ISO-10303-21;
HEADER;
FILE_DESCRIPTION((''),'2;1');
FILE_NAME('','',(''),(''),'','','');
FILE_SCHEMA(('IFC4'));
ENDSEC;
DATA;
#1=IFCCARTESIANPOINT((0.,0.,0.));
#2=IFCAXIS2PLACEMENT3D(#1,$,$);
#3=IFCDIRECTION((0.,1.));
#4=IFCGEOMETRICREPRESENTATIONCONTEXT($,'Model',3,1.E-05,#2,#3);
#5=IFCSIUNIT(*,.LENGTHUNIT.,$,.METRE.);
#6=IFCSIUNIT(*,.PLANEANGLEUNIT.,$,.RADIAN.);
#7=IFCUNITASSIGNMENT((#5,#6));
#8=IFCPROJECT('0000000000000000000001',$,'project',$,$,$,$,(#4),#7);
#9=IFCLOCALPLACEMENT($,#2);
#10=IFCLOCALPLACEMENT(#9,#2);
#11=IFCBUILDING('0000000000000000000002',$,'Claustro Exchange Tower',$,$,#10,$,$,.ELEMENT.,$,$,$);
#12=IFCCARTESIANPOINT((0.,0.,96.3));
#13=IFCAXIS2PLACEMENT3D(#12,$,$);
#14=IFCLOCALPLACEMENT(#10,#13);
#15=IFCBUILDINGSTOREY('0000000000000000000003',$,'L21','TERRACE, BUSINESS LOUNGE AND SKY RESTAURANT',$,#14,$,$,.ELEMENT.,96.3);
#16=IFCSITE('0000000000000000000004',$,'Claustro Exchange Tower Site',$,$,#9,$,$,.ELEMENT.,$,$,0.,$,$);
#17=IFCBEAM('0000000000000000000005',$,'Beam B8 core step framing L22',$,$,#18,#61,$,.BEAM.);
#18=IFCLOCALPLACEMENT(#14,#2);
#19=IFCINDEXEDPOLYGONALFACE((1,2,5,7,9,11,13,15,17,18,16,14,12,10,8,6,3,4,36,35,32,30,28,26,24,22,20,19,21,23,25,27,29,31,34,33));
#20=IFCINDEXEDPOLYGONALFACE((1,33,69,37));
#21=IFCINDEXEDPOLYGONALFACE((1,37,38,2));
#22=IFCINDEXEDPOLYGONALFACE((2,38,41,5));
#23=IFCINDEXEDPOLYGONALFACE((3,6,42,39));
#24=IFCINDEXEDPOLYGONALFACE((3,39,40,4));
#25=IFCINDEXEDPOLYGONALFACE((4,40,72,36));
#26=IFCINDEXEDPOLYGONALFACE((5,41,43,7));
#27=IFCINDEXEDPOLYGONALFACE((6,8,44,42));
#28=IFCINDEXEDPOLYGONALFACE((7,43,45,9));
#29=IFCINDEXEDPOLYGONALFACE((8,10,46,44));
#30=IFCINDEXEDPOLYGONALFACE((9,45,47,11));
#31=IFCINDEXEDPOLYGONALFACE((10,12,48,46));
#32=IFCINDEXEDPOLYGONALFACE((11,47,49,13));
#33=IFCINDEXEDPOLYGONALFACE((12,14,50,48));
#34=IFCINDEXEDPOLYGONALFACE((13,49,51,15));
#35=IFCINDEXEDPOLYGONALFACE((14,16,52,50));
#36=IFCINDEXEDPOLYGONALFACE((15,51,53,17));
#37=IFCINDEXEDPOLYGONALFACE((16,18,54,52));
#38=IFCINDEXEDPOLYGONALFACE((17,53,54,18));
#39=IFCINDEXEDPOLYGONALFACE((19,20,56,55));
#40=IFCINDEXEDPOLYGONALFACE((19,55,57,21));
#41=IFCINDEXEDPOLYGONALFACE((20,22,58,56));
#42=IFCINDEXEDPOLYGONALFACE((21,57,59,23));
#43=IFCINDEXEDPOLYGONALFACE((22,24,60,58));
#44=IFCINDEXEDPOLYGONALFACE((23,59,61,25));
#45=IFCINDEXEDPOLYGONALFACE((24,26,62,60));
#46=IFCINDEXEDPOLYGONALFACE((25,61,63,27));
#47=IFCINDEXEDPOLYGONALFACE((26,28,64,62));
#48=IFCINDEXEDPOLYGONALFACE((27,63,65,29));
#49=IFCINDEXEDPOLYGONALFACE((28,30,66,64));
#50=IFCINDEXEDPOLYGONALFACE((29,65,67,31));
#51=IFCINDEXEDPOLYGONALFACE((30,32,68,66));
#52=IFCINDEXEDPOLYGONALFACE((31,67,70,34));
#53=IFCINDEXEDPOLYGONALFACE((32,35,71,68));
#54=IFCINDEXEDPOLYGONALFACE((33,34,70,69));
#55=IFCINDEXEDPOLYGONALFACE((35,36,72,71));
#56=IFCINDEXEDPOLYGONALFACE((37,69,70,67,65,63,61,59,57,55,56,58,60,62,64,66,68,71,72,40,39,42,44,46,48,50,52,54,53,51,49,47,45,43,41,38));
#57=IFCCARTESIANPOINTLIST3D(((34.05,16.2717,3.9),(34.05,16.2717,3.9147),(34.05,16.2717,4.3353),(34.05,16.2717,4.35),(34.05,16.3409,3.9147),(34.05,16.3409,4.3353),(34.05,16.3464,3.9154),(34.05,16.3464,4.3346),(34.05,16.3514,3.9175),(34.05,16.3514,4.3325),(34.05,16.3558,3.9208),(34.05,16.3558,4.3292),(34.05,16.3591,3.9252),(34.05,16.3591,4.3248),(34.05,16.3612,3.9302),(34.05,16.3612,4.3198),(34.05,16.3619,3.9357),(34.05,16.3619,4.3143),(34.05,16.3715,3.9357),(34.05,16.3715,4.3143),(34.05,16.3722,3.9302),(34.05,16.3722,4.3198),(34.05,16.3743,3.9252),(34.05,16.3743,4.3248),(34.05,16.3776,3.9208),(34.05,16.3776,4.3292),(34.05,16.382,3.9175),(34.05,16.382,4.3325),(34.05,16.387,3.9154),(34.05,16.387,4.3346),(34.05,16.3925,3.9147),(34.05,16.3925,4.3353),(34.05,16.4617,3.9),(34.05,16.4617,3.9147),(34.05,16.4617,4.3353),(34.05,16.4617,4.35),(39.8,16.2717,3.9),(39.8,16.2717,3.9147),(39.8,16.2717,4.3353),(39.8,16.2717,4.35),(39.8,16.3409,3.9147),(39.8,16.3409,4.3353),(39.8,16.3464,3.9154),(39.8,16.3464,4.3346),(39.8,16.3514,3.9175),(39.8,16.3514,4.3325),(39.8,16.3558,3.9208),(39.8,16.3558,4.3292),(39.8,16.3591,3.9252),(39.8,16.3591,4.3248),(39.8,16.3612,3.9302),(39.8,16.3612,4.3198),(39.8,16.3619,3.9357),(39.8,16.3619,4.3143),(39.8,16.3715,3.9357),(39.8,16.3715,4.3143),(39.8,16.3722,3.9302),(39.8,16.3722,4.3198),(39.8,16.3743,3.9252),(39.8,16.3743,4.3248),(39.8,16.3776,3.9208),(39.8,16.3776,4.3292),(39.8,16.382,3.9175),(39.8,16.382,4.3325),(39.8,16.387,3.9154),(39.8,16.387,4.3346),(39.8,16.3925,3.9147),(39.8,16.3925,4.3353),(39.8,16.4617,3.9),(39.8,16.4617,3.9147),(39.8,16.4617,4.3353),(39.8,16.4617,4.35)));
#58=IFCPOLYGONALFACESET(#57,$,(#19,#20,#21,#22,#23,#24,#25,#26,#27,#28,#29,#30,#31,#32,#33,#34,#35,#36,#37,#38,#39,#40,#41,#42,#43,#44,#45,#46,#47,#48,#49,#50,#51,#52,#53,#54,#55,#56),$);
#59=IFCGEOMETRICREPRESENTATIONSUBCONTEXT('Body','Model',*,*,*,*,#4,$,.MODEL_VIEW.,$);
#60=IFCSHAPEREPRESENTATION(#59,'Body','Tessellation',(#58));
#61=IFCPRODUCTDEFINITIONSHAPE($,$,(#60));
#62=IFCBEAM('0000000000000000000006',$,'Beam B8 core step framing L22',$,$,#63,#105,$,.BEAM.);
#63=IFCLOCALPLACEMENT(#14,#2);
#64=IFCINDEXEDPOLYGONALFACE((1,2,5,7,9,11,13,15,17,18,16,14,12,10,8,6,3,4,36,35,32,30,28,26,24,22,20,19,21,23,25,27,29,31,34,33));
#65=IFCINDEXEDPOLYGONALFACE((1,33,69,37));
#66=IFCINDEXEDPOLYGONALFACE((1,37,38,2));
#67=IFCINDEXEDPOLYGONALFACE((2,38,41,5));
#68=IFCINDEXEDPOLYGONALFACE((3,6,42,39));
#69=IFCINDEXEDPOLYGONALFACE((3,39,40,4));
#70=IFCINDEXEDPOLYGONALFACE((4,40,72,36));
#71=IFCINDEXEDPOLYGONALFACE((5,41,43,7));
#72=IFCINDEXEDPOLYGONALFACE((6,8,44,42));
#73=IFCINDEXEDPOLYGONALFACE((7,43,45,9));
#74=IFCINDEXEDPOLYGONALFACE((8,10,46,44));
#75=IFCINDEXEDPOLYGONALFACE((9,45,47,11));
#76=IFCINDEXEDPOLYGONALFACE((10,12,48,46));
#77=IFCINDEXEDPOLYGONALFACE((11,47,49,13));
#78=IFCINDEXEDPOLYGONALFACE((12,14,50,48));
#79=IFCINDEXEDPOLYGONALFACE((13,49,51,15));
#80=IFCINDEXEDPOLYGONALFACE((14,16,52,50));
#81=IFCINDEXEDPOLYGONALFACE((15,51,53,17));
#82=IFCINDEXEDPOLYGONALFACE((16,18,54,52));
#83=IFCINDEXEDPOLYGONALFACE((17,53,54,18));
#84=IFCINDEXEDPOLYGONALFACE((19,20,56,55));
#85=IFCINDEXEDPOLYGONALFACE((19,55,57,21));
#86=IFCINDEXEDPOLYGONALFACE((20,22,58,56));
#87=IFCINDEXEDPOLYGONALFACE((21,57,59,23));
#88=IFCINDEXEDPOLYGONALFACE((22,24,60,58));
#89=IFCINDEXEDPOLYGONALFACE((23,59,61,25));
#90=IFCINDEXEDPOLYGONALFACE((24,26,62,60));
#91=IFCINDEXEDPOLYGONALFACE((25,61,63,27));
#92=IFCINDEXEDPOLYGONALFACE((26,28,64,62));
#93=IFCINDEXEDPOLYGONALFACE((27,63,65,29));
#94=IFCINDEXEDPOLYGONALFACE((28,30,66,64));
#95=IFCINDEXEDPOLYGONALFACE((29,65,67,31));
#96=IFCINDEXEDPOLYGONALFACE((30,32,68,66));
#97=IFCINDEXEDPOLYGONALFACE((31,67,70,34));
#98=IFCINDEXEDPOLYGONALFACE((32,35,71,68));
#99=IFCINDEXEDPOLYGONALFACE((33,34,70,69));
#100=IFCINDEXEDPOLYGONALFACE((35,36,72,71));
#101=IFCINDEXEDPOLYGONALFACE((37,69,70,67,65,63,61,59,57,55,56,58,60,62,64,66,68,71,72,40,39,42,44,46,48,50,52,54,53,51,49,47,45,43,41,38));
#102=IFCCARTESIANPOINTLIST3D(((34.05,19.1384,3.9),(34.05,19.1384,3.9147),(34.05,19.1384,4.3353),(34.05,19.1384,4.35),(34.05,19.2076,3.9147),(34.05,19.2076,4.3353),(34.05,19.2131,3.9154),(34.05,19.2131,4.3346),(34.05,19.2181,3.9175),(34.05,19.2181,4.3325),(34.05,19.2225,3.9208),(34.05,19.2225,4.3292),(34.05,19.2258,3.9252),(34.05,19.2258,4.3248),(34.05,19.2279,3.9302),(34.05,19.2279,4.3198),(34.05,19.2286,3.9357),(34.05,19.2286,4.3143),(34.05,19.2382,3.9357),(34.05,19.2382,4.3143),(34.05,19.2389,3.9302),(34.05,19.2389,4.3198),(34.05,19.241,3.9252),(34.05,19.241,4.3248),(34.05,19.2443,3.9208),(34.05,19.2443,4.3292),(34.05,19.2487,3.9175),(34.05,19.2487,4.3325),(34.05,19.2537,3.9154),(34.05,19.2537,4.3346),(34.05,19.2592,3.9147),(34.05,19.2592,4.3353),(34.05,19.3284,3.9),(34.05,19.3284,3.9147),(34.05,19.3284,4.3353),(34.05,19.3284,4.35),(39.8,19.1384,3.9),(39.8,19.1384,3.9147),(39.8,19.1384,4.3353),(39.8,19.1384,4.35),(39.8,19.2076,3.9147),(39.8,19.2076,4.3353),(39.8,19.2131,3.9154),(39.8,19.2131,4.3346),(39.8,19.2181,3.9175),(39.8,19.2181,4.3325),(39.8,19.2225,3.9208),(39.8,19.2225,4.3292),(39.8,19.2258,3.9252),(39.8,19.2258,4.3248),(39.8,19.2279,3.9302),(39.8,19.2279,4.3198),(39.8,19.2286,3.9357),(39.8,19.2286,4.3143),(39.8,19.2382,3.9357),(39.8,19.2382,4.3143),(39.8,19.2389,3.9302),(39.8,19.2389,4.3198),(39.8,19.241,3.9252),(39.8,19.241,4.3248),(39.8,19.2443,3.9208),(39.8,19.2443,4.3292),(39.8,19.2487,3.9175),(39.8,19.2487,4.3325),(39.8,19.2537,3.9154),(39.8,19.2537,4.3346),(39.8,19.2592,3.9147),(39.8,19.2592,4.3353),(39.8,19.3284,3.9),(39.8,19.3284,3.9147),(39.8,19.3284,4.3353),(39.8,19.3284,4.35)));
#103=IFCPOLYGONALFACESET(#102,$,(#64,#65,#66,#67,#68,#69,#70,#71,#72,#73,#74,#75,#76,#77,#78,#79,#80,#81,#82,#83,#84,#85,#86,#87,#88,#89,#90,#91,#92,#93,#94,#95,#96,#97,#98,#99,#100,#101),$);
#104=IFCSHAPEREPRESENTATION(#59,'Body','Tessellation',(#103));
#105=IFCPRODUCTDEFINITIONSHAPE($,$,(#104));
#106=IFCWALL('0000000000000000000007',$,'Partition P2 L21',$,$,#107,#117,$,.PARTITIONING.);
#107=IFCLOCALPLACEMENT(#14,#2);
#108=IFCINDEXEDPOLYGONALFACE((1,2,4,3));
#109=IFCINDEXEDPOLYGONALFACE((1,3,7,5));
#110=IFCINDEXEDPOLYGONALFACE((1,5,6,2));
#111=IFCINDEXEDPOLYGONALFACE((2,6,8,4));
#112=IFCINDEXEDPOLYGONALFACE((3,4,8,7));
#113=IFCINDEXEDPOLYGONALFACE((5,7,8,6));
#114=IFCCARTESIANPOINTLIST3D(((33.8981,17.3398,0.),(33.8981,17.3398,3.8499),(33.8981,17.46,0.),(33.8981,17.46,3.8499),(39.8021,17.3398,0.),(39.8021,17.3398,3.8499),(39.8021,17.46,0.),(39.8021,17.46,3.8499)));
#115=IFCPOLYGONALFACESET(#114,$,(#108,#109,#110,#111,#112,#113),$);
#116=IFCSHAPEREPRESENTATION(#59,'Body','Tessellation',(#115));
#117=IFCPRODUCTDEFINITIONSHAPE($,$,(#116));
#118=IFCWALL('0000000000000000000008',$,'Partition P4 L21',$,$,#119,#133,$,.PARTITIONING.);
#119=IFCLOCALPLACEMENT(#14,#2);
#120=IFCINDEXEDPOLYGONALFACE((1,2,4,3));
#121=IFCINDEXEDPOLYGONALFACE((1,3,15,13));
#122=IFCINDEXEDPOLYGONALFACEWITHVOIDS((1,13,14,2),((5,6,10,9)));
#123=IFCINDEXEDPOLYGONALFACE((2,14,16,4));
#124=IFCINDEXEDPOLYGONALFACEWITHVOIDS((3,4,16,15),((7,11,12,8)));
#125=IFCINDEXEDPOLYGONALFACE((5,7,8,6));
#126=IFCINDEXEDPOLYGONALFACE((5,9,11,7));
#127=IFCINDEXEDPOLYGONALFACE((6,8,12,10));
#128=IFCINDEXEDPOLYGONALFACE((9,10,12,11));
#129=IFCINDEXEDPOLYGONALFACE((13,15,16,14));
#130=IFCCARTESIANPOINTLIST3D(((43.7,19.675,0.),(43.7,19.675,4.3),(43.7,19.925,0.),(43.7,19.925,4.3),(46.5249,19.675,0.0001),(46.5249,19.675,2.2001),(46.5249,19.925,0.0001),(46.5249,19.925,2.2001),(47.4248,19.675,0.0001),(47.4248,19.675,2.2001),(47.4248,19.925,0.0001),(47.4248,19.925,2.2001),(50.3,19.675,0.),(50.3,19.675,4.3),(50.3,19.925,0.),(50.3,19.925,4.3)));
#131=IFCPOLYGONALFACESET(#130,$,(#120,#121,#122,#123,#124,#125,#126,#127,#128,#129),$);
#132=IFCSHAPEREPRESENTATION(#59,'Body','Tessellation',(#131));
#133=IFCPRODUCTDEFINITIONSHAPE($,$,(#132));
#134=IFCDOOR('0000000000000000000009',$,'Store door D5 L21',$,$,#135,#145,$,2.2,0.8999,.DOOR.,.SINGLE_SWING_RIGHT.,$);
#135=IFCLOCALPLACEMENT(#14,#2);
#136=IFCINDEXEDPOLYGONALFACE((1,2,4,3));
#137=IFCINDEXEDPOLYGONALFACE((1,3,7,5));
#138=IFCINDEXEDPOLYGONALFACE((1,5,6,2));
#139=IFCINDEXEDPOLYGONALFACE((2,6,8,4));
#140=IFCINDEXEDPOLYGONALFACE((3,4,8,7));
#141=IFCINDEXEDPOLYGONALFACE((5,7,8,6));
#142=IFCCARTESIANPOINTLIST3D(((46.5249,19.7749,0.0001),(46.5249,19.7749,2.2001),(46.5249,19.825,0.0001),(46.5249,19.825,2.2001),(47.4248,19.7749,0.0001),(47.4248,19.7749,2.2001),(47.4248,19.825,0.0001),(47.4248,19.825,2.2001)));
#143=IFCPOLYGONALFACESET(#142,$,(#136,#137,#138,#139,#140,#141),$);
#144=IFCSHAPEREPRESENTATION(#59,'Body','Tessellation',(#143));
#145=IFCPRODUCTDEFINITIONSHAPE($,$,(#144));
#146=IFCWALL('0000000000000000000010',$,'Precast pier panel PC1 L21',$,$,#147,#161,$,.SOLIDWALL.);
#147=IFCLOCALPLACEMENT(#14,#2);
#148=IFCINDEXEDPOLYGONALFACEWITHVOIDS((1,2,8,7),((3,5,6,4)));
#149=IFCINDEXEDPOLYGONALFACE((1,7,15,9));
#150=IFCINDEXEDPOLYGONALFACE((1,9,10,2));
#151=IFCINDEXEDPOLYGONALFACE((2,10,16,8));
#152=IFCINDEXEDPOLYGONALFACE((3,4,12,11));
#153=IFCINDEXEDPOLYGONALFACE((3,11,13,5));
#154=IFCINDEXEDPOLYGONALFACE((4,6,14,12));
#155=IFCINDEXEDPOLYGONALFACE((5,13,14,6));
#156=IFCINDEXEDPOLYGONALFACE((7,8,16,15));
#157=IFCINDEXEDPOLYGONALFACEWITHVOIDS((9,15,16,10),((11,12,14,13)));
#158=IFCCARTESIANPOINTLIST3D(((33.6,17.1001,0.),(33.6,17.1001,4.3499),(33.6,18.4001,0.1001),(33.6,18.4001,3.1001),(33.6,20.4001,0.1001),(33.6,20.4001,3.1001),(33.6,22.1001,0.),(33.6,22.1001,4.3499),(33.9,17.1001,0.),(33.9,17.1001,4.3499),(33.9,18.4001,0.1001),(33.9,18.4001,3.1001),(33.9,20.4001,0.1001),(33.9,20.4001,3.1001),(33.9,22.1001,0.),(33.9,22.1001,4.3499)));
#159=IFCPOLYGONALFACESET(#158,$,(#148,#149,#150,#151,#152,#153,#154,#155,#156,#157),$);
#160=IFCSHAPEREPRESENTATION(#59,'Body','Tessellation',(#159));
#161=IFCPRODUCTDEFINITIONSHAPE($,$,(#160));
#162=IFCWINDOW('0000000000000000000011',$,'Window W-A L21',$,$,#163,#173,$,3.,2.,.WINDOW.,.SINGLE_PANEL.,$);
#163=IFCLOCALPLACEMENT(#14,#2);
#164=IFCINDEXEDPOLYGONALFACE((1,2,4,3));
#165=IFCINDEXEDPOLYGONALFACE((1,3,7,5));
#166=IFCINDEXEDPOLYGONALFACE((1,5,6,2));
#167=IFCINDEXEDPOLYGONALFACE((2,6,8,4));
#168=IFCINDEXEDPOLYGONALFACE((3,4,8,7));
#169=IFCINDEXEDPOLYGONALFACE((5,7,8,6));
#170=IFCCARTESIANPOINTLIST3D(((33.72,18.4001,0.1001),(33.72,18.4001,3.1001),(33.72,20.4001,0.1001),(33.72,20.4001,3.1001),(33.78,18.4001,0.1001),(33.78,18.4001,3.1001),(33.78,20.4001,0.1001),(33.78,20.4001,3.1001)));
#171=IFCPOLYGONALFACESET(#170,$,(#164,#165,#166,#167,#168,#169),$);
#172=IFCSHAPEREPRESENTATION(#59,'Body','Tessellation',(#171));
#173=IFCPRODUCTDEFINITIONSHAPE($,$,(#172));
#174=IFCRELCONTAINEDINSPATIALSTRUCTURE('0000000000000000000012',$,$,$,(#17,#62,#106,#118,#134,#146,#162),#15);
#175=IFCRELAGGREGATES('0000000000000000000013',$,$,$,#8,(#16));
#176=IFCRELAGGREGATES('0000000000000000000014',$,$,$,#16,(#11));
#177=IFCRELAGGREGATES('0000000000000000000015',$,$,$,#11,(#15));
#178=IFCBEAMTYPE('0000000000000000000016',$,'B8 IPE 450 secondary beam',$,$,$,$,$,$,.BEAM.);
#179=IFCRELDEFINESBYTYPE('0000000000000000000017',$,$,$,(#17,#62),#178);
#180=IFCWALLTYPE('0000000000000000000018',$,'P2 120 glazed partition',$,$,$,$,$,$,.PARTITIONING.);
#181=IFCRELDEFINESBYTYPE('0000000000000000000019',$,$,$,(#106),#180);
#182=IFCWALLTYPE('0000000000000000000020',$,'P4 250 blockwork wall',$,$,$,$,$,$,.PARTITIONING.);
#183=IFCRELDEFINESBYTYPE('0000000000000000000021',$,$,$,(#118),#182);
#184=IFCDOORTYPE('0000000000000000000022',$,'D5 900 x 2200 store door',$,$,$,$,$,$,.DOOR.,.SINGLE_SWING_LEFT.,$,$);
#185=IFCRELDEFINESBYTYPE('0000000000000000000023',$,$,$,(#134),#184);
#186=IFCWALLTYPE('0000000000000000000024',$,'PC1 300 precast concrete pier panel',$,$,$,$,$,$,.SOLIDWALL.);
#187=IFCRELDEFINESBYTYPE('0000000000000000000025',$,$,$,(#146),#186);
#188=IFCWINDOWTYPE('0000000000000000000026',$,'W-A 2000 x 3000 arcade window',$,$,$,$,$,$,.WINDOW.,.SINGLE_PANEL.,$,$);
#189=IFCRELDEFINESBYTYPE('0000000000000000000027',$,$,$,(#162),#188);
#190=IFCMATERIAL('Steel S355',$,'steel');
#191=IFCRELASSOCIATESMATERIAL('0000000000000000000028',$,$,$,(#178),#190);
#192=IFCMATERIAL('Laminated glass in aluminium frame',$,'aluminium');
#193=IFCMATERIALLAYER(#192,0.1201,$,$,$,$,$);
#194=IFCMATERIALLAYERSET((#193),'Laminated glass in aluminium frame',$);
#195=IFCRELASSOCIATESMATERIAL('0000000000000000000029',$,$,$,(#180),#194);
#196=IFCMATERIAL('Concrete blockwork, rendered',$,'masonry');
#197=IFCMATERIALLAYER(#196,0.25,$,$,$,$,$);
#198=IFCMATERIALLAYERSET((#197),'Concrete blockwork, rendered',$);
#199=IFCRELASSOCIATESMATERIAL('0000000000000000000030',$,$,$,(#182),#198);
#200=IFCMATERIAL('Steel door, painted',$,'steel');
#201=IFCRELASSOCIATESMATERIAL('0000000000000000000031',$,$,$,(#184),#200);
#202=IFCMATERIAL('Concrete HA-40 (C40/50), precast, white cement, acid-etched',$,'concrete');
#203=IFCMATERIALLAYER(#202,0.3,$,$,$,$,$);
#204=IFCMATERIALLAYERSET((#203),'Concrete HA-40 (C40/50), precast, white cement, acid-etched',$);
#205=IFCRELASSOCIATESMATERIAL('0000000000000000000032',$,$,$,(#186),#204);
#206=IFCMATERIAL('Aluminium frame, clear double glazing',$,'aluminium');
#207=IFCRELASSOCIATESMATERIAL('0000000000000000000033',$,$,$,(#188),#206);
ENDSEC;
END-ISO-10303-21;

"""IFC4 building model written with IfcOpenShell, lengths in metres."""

from ifc_helpers import new_model, si_unit, direction, frame, frame_2d, origin, origin_2d, place, context, subcontext, project, spatial, rectangle, i_section, extrude, material, layer, layer_set, material_profile, profile_set, type_object, element, fill, save


model = new_model("IFC4")

# Units and contexts
model_context = context("Model", 3, precision=1e-05, world=origin(), true_north=direction((0.0, 1.0)))
body_context = subcontext(model_context, "Body", "Model", "MODEL_VIEW")
ifc_project = project(units=[si_unit("LENGTHUNIT", "METRE"), si_unit("PLANEANGLEUNIT", "RADIAN")], contexts=[model_context])

# Site, building, storey
site_placement = place(None, origin())
site = spatial("IfcSite", under=ifc_project, at=site_placement, Name="Claustro Exchange Tower Site", CompositionType="ELEMENT", RefElevation=0.0)
building_placement = place(site_placement, origin())
building = spatial("IfcBuilding", under=site, at=building_placement, Name="Claustro Exchange Tower", CompositionType="ELEMENT")
storey_placement = place(building_placement, frame((0.0, 0.0, 96.3)))
storey = spatial("IfcBuildingStorey", under=building, at=storey_placement, Name="L21", Description="TERRACE, BUSINESS LOUNGE AND SKY RESTAURANT", CompositionType="ELEMENT", Elevation=96.3)

# Beams
ifc_material_1 = material(Name="Steel S355", Category="steel")
ifc_material_profile = material_profile(ifc_material_1, i_section(OverallWidth=0.1899, OverallDepth=0.45, WebThickness=0.0095, FlangeThickness=0.0146, FilletRadius=0.021, at=origin_2d()), Name="IPE 450")
ifc_profile_set = profile_set([ifc_material_profile], Name="Steel S355")
beam_type = type_object("IfcBeamType", Name="B8 IPE 450 secondary beam", PredefinedType="BEAM", material=ifc_profile_set)
for number, where, z_axis, x_axis, name in (
    (1, (34.05, 16.3667, 4.125), (1.0, 0.0, 0.0), (0.0, 1.0, 0.0), "Beam B8 core step framing L22"),
    (2, (34.05, 19.2334, 4.125), (1.0, 0.0, 0.0), (0.0, 1.0, 0.0), "Beam B8 core step framing L22"),
):
    element("IfcBeam", number, at=place(storey_placement, frame(where, z_axis=z_axis, x_axis=x_axis)), inside=storey, type_object=beam_type, Name=name, PredefinedType="BEAM", context=body_context, shape_type="SweptSolid", body=[
        extrude(i_section(OverallWidth=0.1899, OverallDepth=0.45, WebThickness=0.0095, FlangeThickness=0.0146, FilletRadius=0.021, at=origin_2d()), origin(), (0.0, 0.0, 1.0), 5.75),
    ])

# Wall
ifc_material_2 = material(Name="Laminated glass in aluminium frame", Category="aluminium")
ifc_layer_1 = layer(ifc_material_2, 0.1201)
ifc_layer_set_1 = layer_set([ifc_layer_1], Name="Laminated glass in aluminium frame")
wall_type_1 = type_object("IfcWallType", Name="P2 120 glazed partition", PredefinedType="PARTITIONING", material=ifc_layer_set_1)
wall_1_placement = place(storey_placement, frame((33.8979, 17.3999, 0.0), z_axis=(0.0, 0.0, 1.0), x_axis=(1.0, 0.0, 0.0)))
element("IfcWall", 3, at=wall_1_placement, inside=storey, type_object=wall_type_1, Name="Partition P2 L21", PredefinedType="PARTITIONING", context=body_context, shape_type="SweptSolid", body=[
    extrude(rectangle(XDim=5.9041, YDim=0.1201, at=frame_2d((2.9521, 0.0))), origin(), (0.0, 0.0, 1.0), 3.8499),
])

# Wall, opening, door
ifc_material_3 = material(Name="Concrete blockwork, rendered", Category="masonry")
ifc_layer_2 = layer(ifc_material_3, 0.25)
ifc_layer_set_2 = layer_set([ifc_layer_2], Name="Concrete blockwork, rendered")
wall_type_2 = type_object("IfcWallType", Name="P4 250 blockwork wall", PredefinedType="PARTITIONING", material=ifc_layer_set_2)
wall_2_placement = place(storey_placement, frame((43.7, 19.8, 0.0), z_axis=(0.0, 0.0, 1.0), x_axis=(1.0, 0.0, 0.0)))
wall_2 = element("IfcWall", 4, at=wall_2_placement, inside=storey, type_object=wall_type_2, Name="Partition P4 L21", PredefinedType="PARTITIONING", context=body_context, shape_type="SweptSolid", body=[
    extrude(rectangle(XDim=6.6001, YDim=0.25, at=frame_2d((3.3, 0.0))), origin(), (0.0, 0.0, 1.0), 4.3),
])
opening_1_placement = place(wall_2_placement, frame((2.825, 0.0, 0.0)))
opening_1 = element("IfcOpeningElement", 5, at=opening_1_placement, cuts=wall_2, PredefinedType="OPENING", context=body_context, shape_type="SweptSolid", body=[
    extrude(rectangle(XDim=0.8999, YDim=2.2, at=frame_2d((0.45, 1.1001))), frame((0.0, 0.135, 0.0), z_axis=(0.0, -1.0, 0.0), x_axis=(1.0, 0.0, 0.0)), (0.0, 0.0, 1.0), 0.27),
])
ifc_material_4 = material(Name="Steel door, painted", Category="steel")
door_type = type_object("IfcDoorType", Name="D5 900 x 2200 store door", OperationType="SINGLE_SWING_LEFT", PredefinedType="DOOR", material=ifc_material_4)
door_placement = place(opening_1_placement, origin())
door = element("IfcDoor", 6, at=door_placement, inside=storey, type_object=door_type, Name="Store door D5 L21", OperationType="SINGLE_SWING_RIGHT", OverallHeight=2.2, OverallWidth=0.8999, PredefinedType="DOOR", context=body_context, shape_type="SweptSolid", body=[
    extrude(rectangle(XDim=0.8999, YDim=2.2, at=frame_2d((0.45, 1.1001))), frame((0.0, 0.0249, 0.0), z_axis=(0.0, -1.0, 0.0), x_axis=(1.0, 0.0, 0.0)), (0.0, 0.0, 1.0), 0.05),
])
fill(opening_1, door)

# Wall, opening, window
ifc_material_5 = material(Name="Concrete HA-40 (C40/50), precast, white cement, acid-etched", Category="concrete")
ifc_layer_3 = layer(ifc_material_5, 0.3)
ifc_layer_set_3 = layer_set([ifc_layer_3], Name="Concrete HA-40 (C40/50), precast, white cement, acid-etched")
wall_type_3 = type_object("IfcWallType", Name="PC1 300 precast concrete pier panel", PredefinedType="SOLIDWALL", material=ifc_layer_set_3)
wall_3_placement = place(storey_placement, frame((33.75, 17.1001, 0.0), z_axis=(0.0, 0.0, 1.0), x_axis=(0.0, 1.0, 0.0)))
wall_3 = element("IfcWall", 7, at=wall_3_placement, inside=storey, type_object=wall_type_3, Name="Precast pier panel PC1 L21", PredefinedType="SOLIDWALL", context=body_context, shape_type="SweptSolid", body=[
    extrude(rectangle(XDim=5.0, YDim=0.3, at=frame_2d((2.5, 0.0))), origin(), (0.0, 0.0, 1.0), 4.3499),
])
opening_2_placement = place(wall_3_placement, frame((1.3, 0.0, 0.1001)))
opening_2 = element("IfcOpeningElement", 8, at=opening_2_placement, cuts=wall_3, PredefinedType="OPENING", context=body_context, shape_type="SweptSolid", body=[
    extrude(rectangle(XDim=2.0, YDim=3.0, at=frame_2d((1.0, 1.5))), frame((0.0, 0.1599, 0.0), z_axis=(0.0, -1.0, 0.0), x_axis=(1.0, 0.0, 0.0)), (0.0, 0.0, 1.0), 0.3201),
])
ifc_material_6 = material(Name="Aluminium frame, clear double glazing", Category="aluminium")
window_type = type_object("IfcWindowType", Name="W-A 2000 x 3000 arcade window", PartitioningType="SINGLE_PANEL", PredefinedType="WINDOW", material=ifc_material_6)
window_placement = place(opening_2_placement, origin())
window = element("IfcWindow", 9, at=window_placement, inside=storey, type_object=window_type, Name="Window W-A L21", OverallHeight=3.0, OverallWidth=2.0, PartitioningType="SINGLE_PANEL", PredefinedType="WINDOW", context=body_context, shape_type="SweptSolid", body=[
    extrude(rectangle(XDim=2.0, YDim=3.0, at=frame_2d((1.0, 1.5))), frame((0.0, 0.03, 0.0), z_axis=(0.0, -1.0, 0.0), x_axis=(1.0, 0.0, 0.0)), (0.0, 0.0, 1.0), 0.0601),
])
fill(opening_2, window)

save(model, "model.ifc")
